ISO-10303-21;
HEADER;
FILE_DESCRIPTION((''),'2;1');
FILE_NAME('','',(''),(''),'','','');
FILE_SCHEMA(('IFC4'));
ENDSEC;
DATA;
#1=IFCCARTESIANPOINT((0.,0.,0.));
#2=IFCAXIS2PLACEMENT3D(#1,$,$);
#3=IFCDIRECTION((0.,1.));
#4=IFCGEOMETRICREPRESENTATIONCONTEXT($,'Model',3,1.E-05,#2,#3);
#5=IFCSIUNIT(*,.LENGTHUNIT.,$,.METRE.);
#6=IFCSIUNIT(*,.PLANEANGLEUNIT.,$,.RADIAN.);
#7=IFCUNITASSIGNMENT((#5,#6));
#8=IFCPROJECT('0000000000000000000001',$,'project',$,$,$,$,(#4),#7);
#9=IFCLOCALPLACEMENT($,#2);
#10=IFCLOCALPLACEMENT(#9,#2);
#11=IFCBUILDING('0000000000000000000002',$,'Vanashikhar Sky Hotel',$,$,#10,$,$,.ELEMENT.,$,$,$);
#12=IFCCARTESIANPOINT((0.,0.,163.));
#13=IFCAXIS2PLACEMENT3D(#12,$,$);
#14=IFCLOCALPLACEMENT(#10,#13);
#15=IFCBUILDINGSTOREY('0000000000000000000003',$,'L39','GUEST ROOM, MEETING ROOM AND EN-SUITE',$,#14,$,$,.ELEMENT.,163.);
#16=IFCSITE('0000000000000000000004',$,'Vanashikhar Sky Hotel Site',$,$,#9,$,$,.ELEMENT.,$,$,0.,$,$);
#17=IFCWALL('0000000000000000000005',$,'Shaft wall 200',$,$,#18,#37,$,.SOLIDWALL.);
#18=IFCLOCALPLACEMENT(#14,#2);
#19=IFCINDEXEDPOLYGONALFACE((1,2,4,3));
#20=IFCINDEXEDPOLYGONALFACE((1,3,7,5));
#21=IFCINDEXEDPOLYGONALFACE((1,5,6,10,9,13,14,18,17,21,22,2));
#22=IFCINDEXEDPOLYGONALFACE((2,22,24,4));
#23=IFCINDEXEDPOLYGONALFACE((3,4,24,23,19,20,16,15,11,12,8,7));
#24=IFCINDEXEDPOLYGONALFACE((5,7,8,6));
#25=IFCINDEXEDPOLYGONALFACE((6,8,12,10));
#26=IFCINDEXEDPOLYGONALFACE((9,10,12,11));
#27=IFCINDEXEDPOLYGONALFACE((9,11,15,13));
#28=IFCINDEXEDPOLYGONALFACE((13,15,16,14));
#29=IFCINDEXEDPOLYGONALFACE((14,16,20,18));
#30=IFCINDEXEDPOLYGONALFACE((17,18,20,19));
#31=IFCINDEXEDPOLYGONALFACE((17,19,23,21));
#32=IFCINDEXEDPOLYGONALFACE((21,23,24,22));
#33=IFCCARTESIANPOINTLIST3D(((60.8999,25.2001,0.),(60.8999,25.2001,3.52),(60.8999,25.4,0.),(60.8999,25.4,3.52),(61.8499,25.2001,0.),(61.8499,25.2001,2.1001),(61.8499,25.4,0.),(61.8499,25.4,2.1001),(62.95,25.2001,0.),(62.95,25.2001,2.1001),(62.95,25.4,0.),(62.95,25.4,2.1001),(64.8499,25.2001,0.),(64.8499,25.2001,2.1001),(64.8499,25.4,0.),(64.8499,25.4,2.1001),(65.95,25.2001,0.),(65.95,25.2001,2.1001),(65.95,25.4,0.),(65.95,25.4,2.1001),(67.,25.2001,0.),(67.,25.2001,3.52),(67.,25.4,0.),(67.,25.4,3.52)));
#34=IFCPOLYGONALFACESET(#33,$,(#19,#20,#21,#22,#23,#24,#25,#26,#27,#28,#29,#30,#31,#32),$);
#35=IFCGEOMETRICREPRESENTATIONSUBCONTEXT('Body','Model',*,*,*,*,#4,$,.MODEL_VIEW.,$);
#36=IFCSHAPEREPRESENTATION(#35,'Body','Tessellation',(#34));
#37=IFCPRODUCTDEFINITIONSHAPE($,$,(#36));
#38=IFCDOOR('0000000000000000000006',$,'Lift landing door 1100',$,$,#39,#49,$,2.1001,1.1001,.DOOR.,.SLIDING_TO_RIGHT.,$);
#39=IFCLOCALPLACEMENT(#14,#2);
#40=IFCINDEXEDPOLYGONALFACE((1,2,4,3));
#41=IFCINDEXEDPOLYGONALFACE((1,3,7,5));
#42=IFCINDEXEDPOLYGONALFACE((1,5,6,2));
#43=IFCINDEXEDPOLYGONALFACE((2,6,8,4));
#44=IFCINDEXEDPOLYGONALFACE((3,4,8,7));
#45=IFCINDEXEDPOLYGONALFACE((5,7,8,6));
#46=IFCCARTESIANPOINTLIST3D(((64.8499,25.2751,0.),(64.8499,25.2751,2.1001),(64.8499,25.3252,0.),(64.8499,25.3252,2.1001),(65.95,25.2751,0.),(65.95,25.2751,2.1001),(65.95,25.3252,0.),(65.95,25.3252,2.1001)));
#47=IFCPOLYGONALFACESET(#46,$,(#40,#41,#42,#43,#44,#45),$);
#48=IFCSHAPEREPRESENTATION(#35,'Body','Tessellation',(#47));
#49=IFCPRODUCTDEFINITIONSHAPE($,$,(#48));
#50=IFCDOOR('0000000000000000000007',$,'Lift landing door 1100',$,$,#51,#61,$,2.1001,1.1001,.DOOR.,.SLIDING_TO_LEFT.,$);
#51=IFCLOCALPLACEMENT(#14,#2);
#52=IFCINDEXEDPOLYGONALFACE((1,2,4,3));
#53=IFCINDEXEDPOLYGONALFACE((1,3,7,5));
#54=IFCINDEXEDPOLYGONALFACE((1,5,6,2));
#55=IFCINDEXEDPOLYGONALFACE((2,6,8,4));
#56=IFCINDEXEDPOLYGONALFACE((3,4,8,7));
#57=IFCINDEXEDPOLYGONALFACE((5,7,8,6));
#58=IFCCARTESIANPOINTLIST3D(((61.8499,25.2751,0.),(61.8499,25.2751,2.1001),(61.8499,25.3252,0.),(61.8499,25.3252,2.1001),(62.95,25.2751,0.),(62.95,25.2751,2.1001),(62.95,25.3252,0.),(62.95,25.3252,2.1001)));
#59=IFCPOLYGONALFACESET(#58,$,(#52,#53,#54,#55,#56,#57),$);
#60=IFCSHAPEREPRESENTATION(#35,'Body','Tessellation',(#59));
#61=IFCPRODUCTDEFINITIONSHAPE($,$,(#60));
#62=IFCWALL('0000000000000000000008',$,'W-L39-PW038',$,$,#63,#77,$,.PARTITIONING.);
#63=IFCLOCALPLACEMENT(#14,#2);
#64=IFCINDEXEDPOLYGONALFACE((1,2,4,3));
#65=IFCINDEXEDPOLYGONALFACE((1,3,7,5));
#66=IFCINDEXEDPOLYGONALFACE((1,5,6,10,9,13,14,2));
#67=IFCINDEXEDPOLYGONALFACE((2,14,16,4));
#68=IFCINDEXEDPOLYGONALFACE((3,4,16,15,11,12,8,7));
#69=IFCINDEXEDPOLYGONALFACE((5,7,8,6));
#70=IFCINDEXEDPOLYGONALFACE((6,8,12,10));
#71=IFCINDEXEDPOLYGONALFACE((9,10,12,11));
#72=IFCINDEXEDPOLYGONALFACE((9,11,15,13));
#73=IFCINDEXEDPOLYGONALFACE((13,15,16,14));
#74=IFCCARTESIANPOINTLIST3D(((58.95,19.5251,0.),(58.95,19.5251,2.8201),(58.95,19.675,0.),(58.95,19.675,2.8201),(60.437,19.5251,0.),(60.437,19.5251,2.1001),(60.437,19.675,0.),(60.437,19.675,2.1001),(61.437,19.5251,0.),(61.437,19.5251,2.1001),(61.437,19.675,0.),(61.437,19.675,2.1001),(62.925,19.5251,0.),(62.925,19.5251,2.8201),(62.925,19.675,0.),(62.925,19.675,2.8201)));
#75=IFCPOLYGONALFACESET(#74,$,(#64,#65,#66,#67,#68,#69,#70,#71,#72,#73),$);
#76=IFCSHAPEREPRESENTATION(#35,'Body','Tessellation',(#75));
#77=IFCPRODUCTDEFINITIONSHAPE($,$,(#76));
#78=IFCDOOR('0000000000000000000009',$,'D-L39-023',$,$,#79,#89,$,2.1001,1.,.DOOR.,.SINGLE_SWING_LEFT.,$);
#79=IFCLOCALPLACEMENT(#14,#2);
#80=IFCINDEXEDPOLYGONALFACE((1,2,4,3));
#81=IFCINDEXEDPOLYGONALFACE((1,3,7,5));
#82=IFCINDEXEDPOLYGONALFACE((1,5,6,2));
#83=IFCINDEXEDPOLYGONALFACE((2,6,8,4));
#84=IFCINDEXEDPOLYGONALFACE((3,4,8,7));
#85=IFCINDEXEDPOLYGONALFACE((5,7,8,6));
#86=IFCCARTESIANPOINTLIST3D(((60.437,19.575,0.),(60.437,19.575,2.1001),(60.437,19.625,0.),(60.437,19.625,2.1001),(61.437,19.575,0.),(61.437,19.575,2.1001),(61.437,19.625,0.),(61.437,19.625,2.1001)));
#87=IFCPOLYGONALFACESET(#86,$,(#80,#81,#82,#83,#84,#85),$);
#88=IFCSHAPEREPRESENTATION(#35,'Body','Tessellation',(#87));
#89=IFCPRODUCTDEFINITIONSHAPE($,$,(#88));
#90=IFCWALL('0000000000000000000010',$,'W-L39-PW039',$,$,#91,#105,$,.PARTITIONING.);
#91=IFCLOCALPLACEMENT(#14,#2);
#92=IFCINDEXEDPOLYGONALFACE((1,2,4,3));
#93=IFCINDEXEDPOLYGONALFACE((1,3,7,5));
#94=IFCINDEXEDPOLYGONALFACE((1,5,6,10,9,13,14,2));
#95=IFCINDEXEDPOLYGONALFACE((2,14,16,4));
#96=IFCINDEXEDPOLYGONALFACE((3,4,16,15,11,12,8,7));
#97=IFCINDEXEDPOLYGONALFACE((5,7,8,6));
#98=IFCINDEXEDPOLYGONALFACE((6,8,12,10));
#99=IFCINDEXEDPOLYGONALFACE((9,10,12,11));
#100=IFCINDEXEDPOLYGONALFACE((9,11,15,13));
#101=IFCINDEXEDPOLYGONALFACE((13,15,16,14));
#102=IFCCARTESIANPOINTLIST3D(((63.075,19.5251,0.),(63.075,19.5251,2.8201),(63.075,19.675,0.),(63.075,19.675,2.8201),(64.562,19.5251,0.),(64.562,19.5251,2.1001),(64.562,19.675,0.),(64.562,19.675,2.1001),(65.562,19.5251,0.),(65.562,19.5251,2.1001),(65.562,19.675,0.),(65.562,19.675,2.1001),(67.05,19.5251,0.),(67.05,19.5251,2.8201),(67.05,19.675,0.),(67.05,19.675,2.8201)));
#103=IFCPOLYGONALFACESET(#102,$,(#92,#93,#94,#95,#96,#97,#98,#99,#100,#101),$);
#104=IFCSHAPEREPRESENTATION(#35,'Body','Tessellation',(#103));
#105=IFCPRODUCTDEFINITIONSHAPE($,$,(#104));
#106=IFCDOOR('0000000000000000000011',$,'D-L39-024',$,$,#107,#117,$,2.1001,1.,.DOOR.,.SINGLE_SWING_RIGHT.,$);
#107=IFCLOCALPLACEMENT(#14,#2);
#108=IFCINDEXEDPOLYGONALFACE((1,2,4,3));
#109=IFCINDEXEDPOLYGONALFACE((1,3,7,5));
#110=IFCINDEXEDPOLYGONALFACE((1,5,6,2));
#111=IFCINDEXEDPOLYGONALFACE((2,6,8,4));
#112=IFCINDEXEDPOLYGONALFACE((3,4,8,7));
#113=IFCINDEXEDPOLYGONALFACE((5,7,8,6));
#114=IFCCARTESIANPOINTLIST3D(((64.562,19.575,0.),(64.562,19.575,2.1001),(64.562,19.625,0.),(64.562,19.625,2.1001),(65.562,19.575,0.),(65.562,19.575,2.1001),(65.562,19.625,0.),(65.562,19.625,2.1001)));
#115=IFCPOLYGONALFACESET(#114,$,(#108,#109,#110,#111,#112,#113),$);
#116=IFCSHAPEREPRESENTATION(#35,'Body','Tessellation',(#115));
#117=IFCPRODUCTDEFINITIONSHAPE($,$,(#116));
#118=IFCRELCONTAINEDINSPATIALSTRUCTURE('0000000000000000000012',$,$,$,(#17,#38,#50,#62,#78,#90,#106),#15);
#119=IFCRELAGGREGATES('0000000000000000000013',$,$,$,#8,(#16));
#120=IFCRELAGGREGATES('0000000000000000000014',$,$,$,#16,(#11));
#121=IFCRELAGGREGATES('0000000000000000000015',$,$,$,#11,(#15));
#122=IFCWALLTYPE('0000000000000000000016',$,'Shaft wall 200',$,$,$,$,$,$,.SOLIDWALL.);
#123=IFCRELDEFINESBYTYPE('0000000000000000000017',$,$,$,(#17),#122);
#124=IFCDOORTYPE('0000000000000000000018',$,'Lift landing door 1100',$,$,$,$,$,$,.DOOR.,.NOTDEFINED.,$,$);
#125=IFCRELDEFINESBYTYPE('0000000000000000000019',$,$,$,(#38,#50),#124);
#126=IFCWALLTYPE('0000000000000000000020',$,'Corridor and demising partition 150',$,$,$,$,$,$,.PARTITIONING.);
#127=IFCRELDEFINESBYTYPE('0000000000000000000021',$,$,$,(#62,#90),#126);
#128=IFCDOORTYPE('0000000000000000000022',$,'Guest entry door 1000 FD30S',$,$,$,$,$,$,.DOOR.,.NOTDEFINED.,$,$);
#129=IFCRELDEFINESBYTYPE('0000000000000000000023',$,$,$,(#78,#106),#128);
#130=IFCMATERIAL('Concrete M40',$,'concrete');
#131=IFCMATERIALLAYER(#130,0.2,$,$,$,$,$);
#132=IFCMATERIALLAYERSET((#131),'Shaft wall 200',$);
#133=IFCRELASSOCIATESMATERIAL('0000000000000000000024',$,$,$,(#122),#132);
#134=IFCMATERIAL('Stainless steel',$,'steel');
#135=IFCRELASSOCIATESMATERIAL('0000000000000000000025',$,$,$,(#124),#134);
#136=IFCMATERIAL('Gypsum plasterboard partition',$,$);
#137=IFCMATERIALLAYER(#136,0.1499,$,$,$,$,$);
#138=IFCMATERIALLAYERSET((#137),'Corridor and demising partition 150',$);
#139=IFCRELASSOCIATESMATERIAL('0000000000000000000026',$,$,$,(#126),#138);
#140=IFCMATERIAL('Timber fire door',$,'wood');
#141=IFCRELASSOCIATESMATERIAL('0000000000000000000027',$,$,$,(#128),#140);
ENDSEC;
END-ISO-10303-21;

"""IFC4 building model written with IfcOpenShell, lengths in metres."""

from ifc_helpers import new_model, si_unit, direction, frame, frame_2d, origin, place, context, subcontext, project, spatial, rectangle, extrude, source, transform, mapped, material, layer, layer_set, type_object, element, fill, save


model = new_model("IFC4")

# Units and contexts
model_context = context("Model", 3, precision=1e-05, world=origin(), true_north=direction((0.0, 1.0)))
body_context = subcontext(model_context, "Body", "Model", "MODEL_VIEW")
ifc_project = project(units=[si_unit("LENGTHUNIT", "METRE"), si_unit("PLANEANGLEUNIT", "RADIAN")], contexts=[model_context])

# Site, building, storey
site_placement = place(None, origin())
site = spatial("IfcSite", under=ifc_project, at=site_placement, Name="Vanashikhar Sky Hotel Site", CompositionType="ELEMENT", RefElevation=0.0)
building_placement = place(site_placement, origin())
building = spatial("IfcBuilding", under=site, at=building_placement, Name="Vanashikhar Sky Hotel", CompositionType="ELEMENT")
storey_placement = place(building_placement, frame((0.0, 0.0, 163.0)))
storey = spatial("IfcBuildingStorey", under=building, at=storey_placement, Name="L39", Description="GUEST ROOM, MEETING ROOM AND EN-SUITE", CompositionType="ELEMENT", Elevation=163.0)

# Shared definitions
ifc_material_1 = material(Name="Concrete M40", Category="concrete")
ifc_layer_1 = layer(ifc_material_1, 0.2)
ifc_layer_set_1 = layer_set([ifc_layer_1], Name="Shaft wall 200")
wall_type_1 = type_object("IfcWallType", Name="Shaft wall 200", PredefinedType="SOLIDWALL", material=ifc_layer_set_1)
shared_shape_1 = source(origin(), body_context, "Body", "SweptSolid", [
    extrude(rectangle(XDim=1.1001, YDim=2.1001, at=frame_2d((0.55, 1.05))), frame((0.0, 0.1099, 0.0), z_axis=(0.0, -1.0, 0.0), x_axis=(1.0, 0.0, 0.0)), (0.0, 0.0, 1.0), 0.22),
])
ifc_material_2 = material(Name="Stainless steel", Category="steel")
door_type_1 = type_object("IfcDoorType", Name="Lift landing door 1100", OperationType="NOTDEFINED", PredefinedType="DOOR", material=ifc_material_2)
shared_shape_2 = source(origin(), body_context, "Body", "SweptSolid", [
    extrude(rectangle(XDim=1.1001, YDim=2.1001, at=frame_2d((0.55, 1.05))), frame((0.0, 0.0249, 0.0), z_axis=(0.0, -1.0, 0.0), x_axis=(1.0, 0.0, 0.0)), (0.0, 0.0, 1.0), 0.05),
])

# Wall, openings, doors
shared_shape_3 = source(origin(), body_context, "Body", "SweptSolid", [
    extrude(rectangle(XDim=6.1001, YDim=0.2, at=frame_2d((3.05, 0.0))), origin(), (0.0, 0.0, 1.0), 3.52),
])
wall_1_placement = place(storey_placement, frame((67.0, 25.3, 0.0), z_axis=(0.0, 0.0, 1.0), x_axis=(-1.0, 0.0, 0.0)))
wall_1 = element("IfcWall", 1, at=wall_1_placement, inside=storey, type_object=wall_type_1, Name="Shaft wall 200", PredefinedType="SOLIDWALL", context=body_context, shape_type="MappedRepresentation", body=[
    mapped(shared_shape_3, transform((0.0, 0.0, 0.0), scale=1.0)),
])
opening_1_placement = place(wall_1_placement, frame((1.05, 0.0, 0.0)))
opening_1 = element("IfcOpeningElement", 2, at=opening_1_placement, cuts=wall_1, PredefinedType="OPENING", context=body_context, shape_type="MappedRepresentation", body=[
    mapped(shared_shape_1, transform((0.0, 0.0, 0.0), scale=1.0)),
])
opening_2_placement = place(wall_1_placement, frame((4.05, 0.0, 0.0)))
opening_2 = element("IfcOpeningElement", 3, at=opening_2_placement, cuts=wall_1, PredefinedType="OPENING", context=body_context, shape_type="MappedRepresentation", body=[
    mapped(shared_shape_1, transform((0.0, 0.0, 0.0), scale=1.0)),
])
door_1_placement = place(opening_1_placement, origin())
door_1 = element("IfcDoor", 4, at=door_1_placement, inside=storey, type_object=door_type_1, Name="Lift landing door 1100", OperationType="SLIDING_TO_RIGHT", OverallHeight=2.1001, OverallWidth=1.1001, PredefinedType="DOOR", context=body_context, shape_type="MappedRepresentation", body=[
    mapped(shared_shape_2, transform((0.0, 0.0, 0.0), scale=1.0)),
])
fill(opening_1, door_1)
door_2_placement = place(opening_2_placement, origin())
door_2 = element("IfcDoor", 5, at=door_2_placement, inside=storey, type_object=door_type_1, Name="Lift landing door 1100", OperationType="SLIDING_TO_LEFT", OverallHeight=2.1001, OverallWidth=1.1001, PredefinedType="DOOR", context=body_context, shape_type="MappedRepresentation", body=[
    mapped(shared_shape_2, transform((0.0, 0.0, 0.0), scale=1.0)),
])
fill(opening_2, door_2)

# Walls, openings, doors
ifc_material_3 = material(Name="Gypsum plasterboard partition")
ifc_layer_2 = layer(ifc_material_3, 0.1499)
ifc_layer_set_2 = layer_set([ifc_layer_2], Name="Corridor and demising partition 150")
wall_type_2 = type_object("IfcWallType", Name="Corridor and demising partition 150", PredefinedType="PARTITIONING", material=ifc_layer_set_2)
shared_shape_4 = source(origin(), body_context, "Body", "SweptSolid", [
    extrude(rectangle(XDim=3.9751, YDim=0.1499, at=frame_2d((1.9875, 0.0))), origin(), (0.0, 0.0, 1.0), 2.8201),
])
wall_2_placement = place(storey_placement, frame((58.95, 19.6001, 0.0), z_axis=(0.0, 0.0, 1.0), x_axis=(1.0, 0.0, 0.0)))
wall_2 = element("IfcWall", 6, at=wall_2_placement, inside=storey, type_object=wall_type_2, Name="W-L39-PW038", PredefinedType="PARTITIONING", context=body_context, shape_type="MappedRepresentation", body=[
    mapped(shared_shape_4, transform((0.0, 0.0, 0.0), scale=1.0)),
])
shared_shape_5 = source(origin(), body_context, "Body", "SweptSolid", [
    extrude(rectangle(XDim=1.0, YDim=2.1001, at=frame_2d((0.5, 1.05))), frame((0.0, 0.085, 0.0), z_axis=(0.0, -1.0, 0.0), x_axis=(1.0, 0.0, 0.0)), (0.0, 0.0, 1.0), 0.1699),
])
opening_3_placement = place(wall_2_placement, frame((1.4871, 0.0, 0.0)))
opening_3 = element("IfcOpeningElement", 7, at=opening_3_placement, cuts=wall_2, PredefinedType="OPENING", context=body_context, shape_type="MappedRepresentation", body=[
    mapped(shared_shape_5, transform((0.0, 0.0, 0.0), scale=1.0)),
])
ifc_material_4 = material(Name="Timber fire door", Category="wood")
door_type_2 = type_object("IfcDoorType", Name="Guest entry door 1000 FD30S", OperationType="NOTDEFINED", PredefinedType="DOOR", material=ifc_material_4)
shared_shape_6 = source(origin(), body_context, "Body", "SweptSolid", [
    extrude(rectangle(XDim=1.0, YDim=2.1001, at=frame_2d((0.5, 1.05))), frame((0.0, 0.0249, 0.0), z_axis=(0.0, -1.0, 0.0), x_axis=(1.0, 0.0, 0.0)), (0.0, 0.0, 1.0), 0.05),
])
door_3_placement = place(opening_3_placement, origin())
door_3 = element("IfcDoor", 8, at=door_3_placement, inside=storey, type_object=door_type_2, Name="D-L39-023", OperationType="SINGLE_SWING_LEFT", OverallHeight=2.1001, OverallWidth=1.0, PredefinedType="DOOR", context=body_context, shape_type="MappedRepresentation", body=[
    mapped(shared_shape_6, transform((0.0, 0.0, 0.0), scale=1.0)),
])
fill(opening_3, door_3)
wall_3_placement = place(storey_placement, frame((63.075, 19.6001, 0.0), z_axis=(0.0, 0.0, 1.0), x_axis=(1.0, 0.0, 0.0)))
wall_3 = element("IfcWall", 9, at=wall_3_placement, inside=storey, type_object=wall_type_2, Name="W-L39-PW039", PredefinedType="PARTITIONING", context=body_context, shape_type="MappedRepresentation", body=[
    mapped(shared_shape_4, transform((0.0, 0.0, 0.0), scale=1.0)),
])
opening_4_placement = place(wall_3_placement, frame((1.4871, 0.0, 0.0)))
opening_4 = element("IfcOpeningElement", 10, at=opening_4_placement, cuts=wall_3, PredefinedType="OPENING", context=body_context, shape_type="MappedRepresentation", body=[
    mapped(shared_shape_5, transform((0.0, 0.0, 0.0), scale=1.0)),
])
door_4_placement = place(opening_4_placement, origin())
door_4 = element("IfcDoor", 11, at=door_4_placement, inside=storey, type_object=door_type_2, Name="D-L39-024", OperationType="SINGLE_SWING_RIGHT", OverallHeight=2.1001, OverallWidth=1.0, PredefinedType="DOOR", context=body_context, shape_type="MappedRepresentation", body=[
    mapped(shared_shape_6, transform((0.0, 0.0, 0.0), scale=1.0)),
])
fill(opening_4, door_4)

save(model, "model.ifc")
